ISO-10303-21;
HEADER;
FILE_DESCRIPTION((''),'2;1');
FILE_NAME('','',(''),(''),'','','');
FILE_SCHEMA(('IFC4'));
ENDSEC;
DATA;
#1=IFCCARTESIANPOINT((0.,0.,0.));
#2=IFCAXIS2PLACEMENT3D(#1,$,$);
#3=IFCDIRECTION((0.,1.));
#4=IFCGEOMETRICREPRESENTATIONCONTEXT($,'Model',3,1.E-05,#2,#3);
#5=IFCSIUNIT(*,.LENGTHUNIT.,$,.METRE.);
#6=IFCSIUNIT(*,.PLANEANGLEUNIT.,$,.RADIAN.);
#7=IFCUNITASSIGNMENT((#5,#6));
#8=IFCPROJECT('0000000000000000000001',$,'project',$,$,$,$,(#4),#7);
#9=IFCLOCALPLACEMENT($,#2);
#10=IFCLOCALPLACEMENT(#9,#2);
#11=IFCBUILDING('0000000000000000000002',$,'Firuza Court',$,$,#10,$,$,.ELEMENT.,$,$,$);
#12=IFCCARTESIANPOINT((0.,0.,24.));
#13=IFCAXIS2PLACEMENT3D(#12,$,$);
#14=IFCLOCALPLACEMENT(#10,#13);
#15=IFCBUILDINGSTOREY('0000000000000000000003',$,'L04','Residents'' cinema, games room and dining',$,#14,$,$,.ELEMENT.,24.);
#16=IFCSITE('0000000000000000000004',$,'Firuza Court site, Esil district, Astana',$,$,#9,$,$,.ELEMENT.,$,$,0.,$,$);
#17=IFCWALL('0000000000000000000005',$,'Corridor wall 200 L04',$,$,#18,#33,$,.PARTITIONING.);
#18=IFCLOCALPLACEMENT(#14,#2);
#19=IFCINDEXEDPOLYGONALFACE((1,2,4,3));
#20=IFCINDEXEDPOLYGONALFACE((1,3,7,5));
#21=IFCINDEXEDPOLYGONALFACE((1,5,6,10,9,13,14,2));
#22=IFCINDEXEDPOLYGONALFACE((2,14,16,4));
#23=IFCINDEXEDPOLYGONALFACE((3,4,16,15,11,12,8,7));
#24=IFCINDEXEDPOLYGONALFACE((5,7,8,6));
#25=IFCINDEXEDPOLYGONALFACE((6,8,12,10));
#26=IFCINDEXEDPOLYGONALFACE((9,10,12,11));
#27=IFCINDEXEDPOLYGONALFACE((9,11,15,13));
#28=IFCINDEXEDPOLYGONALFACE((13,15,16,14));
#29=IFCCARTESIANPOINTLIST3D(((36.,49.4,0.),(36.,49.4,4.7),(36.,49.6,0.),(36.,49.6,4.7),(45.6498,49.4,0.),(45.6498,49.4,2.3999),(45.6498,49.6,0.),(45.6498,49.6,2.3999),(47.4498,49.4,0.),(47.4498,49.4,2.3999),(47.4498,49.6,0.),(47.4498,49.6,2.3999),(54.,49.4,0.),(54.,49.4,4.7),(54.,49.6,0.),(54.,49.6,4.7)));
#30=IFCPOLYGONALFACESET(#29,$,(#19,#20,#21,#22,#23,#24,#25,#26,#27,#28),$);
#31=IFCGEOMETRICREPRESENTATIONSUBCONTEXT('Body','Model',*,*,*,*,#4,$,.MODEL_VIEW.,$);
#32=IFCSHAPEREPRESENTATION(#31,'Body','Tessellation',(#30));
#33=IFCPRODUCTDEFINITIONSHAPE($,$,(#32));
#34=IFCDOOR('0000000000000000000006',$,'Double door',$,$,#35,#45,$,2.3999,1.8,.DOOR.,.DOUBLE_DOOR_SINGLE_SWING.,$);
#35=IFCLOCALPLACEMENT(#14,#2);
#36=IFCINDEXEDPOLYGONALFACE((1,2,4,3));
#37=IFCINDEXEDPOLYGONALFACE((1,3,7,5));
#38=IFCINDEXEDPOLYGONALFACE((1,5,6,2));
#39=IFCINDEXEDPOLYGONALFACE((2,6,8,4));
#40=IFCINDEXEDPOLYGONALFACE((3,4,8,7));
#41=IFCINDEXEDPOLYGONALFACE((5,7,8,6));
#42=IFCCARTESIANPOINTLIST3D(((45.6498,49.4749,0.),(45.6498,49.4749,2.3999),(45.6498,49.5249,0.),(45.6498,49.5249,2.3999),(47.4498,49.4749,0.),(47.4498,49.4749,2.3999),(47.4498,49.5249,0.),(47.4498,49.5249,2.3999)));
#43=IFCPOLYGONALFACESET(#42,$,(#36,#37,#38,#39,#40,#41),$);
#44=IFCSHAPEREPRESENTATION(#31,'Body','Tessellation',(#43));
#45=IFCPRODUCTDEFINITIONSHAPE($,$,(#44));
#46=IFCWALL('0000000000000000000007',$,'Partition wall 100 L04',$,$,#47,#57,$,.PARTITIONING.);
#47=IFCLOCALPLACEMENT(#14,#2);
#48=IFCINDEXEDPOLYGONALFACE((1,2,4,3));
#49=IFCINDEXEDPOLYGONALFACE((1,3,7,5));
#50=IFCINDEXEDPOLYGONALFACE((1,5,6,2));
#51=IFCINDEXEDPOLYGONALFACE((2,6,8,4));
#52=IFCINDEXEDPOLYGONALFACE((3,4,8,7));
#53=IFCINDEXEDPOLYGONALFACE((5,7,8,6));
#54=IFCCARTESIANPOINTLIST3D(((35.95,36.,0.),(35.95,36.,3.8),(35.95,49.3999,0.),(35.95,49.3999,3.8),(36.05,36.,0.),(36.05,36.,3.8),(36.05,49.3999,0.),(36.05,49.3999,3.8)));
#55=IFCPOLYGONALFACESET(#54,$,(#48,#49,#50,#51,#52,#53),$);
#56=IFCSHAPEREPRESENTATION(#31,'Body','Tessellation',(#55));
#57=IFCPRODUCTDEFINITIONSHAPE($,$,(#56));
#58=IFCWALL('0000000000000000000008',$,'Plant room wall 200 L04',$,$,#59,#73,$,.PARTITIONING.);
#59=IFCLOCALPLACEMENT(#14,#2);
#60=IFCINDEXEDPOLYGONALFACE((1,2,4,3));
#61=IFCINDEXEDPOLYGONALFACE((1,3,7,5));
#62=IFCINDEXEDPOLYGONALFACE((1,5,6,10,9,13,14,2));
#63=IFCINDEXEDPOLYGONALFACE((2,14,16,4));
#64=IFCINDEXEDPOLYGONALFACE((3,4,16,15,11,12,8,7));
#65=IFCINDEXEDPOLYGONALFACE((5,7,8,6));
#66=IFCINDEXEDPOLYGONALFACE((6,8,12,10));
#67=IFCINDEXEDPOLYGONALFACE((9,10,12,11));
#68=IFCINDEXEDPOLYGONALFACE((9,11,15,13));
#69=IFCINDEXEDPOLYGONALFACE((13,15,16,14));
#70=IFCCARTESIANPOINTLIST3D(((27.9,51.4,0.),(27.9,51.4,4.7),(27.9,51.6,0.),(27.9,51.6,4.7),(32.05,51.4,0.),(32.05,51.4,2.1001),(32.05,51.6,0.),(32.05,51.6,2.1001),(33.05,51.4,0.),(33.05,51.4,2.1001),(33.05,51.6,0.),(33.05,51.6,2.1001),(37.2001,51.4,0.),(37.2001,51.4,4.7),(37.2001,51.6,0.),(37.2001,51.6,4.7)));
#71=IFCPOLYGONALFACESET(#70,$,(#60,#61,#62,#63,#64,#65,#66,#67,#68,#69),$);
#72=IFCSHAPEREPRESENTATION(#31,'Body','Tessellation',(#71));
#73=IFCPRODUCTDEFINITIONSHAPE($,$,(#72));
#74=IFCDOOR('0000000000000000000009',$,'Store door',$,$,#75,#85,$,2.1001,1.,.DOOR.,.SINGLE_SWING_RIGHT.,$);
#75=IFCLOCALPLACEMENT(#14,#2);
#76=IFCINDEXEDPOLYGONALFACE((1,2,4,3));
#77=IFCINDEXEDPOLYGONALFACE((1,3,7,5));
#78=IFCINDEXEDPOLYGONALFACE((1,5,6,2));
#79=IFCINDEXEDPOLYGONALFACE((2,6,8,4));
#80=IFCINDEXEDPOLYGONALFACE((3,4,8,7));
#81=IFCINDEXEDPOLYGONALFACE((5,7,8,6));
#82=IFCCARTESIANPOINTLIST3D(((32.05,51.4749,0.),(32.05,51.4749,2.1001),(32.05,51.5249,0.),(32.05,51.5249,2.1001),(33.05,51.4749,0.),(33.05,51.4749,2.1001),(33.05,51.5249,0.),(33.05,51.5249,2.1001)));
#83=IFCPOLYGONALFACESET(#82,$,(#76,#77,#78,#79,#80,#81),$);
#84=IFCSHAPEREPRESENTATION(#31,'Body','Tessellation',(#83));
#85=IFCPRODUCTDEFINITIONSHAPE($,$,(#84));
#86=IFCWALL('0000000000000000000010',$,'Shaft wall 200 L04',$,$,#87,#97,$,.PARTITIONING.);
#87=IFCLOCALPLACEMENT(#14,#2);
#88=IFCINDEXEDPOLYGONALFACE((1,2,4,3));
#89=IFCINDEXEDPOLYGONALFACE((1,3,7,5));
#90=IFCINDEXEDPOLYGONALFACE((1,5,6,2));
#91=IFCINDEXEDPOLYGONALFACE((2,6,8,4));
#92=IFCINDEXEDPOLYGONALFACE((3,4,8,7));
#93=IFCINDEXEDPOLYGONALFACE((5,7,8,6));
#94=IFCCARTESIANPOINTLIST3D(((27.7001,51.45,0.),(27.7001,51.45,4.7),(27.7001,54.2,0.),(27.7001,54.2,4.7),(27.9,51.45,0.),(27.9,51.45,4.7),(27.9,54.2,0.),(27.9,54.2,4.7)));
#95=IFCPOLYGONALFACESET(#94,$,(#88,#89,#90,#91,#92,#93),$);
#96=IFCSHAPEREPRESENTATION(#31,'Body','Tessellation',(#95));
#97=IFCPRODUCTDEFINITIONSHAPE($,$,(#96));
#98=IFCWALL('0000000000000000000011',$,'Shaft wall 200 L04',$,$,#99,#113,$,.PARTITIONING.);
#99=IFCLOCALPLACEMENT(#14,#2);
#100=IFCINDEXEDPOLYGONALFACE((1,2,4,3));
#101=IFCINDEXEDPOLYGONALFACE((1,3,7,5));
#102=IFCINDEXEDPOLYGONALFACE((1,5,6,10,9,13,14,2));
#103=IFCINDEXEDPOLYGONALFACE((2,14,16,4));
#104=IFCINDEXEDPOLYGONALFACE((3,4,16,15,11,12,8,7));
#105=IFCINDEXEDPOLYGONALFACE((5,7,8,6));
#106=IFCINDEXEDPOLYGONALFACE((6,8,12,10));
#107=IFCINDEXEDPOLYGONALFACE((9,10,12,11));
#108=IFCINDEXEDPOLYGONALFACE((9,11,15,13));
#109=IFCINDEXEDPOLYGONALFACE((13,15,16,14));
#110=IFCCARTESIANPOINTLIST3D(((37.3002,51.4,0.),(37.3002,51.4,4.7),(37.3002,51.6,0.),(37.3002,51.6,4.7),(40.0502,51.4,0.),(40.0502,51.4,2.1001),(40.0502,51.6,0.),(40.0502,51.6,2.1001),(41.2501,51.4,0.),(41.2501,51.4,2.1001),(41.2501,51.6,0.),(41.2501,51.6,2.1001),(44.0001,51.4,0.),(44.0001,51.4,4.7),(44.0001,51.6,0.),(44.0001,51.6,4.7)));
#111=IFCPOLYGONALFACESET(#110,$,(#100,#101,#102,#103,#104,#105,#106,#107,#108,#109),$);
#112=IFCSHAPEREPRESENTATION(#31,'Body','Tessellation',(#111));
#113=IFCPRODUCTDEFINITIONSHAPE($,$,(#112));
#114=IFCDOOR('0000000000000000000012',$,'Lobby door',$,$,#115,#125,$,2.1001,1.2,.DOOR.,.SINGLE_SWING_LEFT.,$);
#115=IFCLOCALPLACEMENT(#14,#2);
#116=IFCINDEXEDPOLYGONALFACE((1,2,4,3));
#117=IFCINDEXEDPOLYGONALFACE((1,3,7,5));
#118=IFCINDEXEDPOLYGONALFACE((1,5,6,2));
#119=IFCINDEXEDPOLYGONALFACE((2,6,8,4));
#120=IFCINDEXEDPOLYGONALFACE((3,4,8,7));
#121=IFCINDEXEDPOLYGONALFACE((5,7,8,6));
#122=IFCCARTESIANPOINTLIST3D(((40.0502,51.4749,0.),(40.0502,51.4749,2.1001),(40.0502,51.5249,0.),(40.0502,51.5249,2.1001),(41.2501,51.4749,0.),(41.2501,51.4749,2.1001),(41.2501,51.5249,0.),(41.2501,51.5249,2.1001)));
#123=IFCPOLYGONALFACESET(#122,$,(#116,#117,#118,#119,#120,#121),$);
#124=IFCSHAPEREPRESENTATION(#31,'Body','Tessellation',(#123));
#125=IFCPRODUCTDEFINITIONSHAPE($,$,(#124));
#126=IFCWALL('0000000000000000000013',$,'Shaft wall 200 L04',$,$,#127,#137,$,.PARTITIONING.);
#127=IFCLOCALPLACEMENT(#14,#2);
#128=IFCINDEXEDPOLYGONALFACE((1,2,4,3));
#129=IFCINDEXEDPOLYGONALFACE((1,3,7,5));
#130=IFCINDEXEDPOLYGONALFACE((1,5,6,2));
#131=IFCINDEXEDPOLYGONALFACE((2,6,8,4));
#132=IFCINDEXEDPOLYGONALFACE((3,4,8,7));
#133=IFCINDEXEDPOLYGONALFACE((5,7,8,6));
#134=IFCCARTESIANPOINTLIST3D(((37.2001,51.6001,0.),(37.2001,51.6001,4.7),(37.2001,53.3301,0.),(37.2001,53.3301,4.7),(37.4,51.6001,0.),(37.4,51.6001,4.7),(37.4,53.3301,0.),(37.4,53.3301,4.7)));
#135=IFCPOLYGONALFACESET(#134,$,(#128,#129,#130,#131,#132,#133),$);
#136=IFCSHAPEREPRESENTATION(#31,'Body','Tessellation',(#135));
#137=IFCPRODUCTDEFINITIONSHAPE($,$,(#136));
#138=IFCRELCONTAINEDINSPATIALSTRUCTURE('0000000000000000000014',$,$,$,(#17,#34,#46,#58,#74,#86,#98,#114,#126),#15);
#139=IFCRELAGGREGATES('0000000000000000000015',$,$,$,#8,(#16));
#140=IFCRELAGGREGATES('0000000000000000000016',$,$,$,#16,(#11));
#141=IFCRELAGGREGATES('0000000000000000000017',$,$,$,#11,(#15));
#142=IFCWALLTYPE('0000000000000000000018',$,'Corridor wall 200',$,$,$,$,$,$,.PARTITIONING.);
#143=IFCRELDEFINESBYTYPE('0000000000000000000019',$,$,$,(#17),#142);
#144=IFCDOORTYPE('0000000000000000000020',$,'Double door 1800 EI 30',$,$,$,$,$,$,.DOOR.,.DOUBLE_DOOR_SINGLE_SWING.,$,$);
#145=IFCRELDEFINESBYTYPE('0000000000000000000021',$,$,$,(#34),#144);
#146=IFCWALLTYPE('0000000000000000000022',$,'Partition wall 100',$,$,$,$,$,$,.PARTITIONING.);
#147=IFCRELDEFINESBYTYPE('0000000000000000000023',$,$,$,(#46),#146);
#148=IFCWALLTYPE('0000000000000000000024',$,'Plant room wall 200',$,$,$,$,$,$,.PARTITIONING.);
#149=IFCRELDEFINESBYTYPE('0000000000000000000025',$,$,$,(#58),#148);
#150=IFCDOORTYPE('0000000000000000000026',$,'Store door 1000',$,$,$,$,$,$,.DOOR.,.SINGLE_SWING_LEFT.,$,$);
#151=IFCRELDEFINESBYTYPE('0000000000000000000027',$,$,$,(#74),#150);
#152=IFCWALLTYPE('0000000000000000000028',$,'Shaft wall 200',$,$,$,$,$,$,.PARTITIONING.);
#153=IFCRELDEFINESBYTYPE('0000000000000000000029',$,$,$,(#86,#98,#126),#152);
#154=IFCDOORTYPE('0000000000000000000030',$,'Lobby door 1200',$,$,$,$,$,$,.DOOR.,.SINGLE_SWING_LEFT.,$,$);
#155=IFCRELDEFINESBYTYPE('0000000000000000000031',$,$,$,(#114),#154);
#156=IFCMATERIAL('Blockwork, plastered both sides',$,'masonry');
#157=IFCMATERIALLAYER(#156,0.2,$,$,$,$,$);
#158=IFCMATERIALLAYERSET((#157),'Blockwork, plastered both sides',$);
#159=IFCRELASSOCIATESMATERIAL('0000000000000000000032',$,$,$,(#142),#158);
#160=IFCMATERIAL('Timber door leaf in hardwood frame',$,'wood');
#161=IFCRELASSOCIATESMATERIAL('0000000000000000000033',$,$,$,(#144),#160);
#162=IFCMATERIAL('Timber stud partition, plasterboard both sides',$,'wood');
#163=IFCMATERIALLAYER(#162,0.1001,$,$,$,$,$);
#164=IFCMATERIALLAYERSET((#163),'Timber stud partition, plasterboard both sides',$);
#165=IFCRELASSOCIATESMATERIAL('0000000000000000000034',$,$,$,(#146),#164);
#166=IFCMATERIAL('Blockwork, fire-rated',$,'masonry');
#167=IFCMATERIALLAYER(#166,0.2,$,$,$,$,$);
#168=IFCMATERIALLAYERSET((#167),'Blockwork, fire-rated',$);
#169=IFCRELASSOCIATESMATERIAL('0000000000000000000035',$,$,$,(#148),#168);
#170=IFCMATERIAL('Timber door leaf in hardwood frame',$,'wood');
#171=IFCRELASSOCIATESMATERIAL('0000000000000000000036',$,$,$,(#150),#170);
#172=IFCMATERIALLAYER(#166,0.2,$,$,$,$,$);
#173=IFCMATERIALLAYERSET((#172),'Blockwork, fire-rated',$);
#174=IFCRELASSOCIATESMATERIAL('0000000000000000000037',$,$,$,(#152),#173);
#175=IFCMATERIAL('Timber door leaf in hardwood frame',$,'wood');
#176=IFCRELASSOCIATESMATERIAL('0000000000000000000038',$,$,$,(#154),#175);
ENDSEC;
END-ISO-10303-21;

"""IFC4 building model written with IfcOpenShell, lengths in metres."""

from ifc_helpers import new_model, si_unit, direction, frame, frame_2d, origin, place, context, subcontext, project, spatial, rectangle, extrude, material, layer, layer_set, type_object, element, fill, save


model = new_model("IFC4")

# Units and contexts
model_context = context("Model", 3, precision=1e-05, world=origin(), true_north=direction((0.0, 1.0)))
body_context = subcontext(model_context, "Body", "Model", "MODEL_VIEW")
ifc_project = project(units=[si_unit("LENGTHUNIT", "METRE"), si_unit("PLANEANGLEUNIT", "RADIAN")], contexts=[model_context])

# Site, building, storey
site_placement = place(None, origin())
site = spatial("IfcSite", under=ifc_project, at=site_placement, Name="Firuza Court site, Esil district, Astana", CompositionType="ELEMENT", RefElevation=0.0)
building_placement = place(site_placement, origin())
building = spatial("IfcBuilding", under=site, at=building_placement, Name="Firuza Court", CompositionType="ELEMENT")
storey_placement = place(building_placement, frame((0.0, 0.0, 24.0)))
storey = spatial("IfcBuildingStorey", under=building, at=storey_placement, Name="L04", Description="Residents' cinema, games room and dining", CompositionType="ELEMENT", Elevation=24.0)

# Wall, opening, door
ifc_material_1 = material(Name="Blockwork, plastered both sides", Category="masonry")
ifc_layer_1 = layer(ifc_material_1, 0.2)
ifc_layer_set_1 = layer_set([ifc_layer_1], Name="Blockwork, plastered both sides")
wall_type_1 = type_object("IfcWallType", Name="Corridor wall 200", PredefinedType="PARTITIONING", material=ifc_layer_set_1)
wall_1_placement = place(storey_placement, frame((36.0, 49.5, 0.0), z_axis=(0.0, 0.0, 1.0), x_axis=(1.0, 0.0, 0.0)))
wall_1 = element("IfcWall", 1, at=wall_1_placement, inside=storey, type_object=wall_type_1, Name="Corridor wall 200 L04", PredefinedType="PARTITIONING", context=body_context, shape_type="SweptSolid", body=[
    extrude(rectangle(XDim=18.0, YDim=0.2, at=frame_2d((9.0, 0.0))), origin(), (0.0, 0.0, 1.0), 4.7),
])
opening_1_placement = place(wall_1_placement, frame((9.6499, 0.0, 0.0)))
opening_1 = element("IfcOpeningElement", 2, at=opening_1_placement, cuts=wall_1, PredefinedType="OPENING", context=body_context, shape_type="SweptSolid", body=[
    extrude(rectangle(XDim=1.8, YDim=2.3999, at=frame_2d((0.8999, 1.2))), frame((0.0, 0.1118, 0.0), z_axis=(0.0, -1.0, 0.0), x_axis=(1.0, 0.0, 0.0)), (0.0, 0.0, 1.0), 0.2239),
])
ifc_material_2 = material(Name="Timber door leaf in hardwood frame", Category="wood")
door_type_1 = type_object("IfcDoorType", Name="Double door 1800 EI 30", OperationType="DOUBLE_DOOR_SINGLE_SWING", PredefinedType="DOOR", material=ifc_material_2)
door_1_placement = place(opening_1_placement, origin())
door_1 = element("IfcDoor", 3, at=door_1_placement, inside=storey, type_object=door_type_1, Name="Double door", OperationType="DOUBLE_DOOR_SINGLE_SWING", OverallHeight=2.3999, OverallWidth=1.8, PredefinedType="DOOR", context=body_context, shape_type="SweptSolid", body=[
    extrude(rectangle(XDim=1.8, YDim=2.3999, at=frame_2d((0.8999, 1.2))), frame((0.0, 0.0249, 0.0), z_axis=(0.0, -1.0, 0.0), x_axis=(1.0, 0.0, 0.0)), (0.0, 0.0, 1.0), 0.05),
])
fill(opening_1, door_1)

# Wall
ifc_material_3 = material(Name="Timber stud partition, plasterboard both sides", Category="wood")
ifc_layer_2 = layer(ifc_material_3, 0.1001)
ifc_layer_set_2 = layer_set([ifc_layer_2], Name="Timber stud partition, plasterboard both sides")
wall_type_2 = type_object("IfcWallType", Name="Partition wall 100", PredefinedType="PARTITIONING", material=ifc_layer_set_2)
wall_2_placement = place(storey_placement, frame((36.0, 49.3999, 0.0), z_axis=(0.0, 0.0, 1.0), x_axis=(0.0, -1.0, 0.0)))
element("IfcWall", 4, at=wall_2_placement, inside=storey, type_object=wall_type_2, Name="Partition wall 100 L04", PredefinedType="PARTITIONING", context=body_context, shape_type="SweptSolid", body=[
    extrude(rectangle(XDim=13.3999, YDim=0.1001, at=frame_2d((6.7, 0.0))), origin(), (0.0, 0.0, 1.0), 3.8),
])

# Wall, opening, door
ifc_material_4 = material(Name="Blockwork, fire-rated", Category="masonry")
ifc_layer_3 = layer(ifc_material_4, 0.2)
ifc_layer_set_3 = layer_set([ifc_layer_3], Name="Blockwork, fire-rated")
wall_type_3 = type_object("IfcWallType", Name="Plant room wall 200", PredefinedType="PARTITIONING", material=ifc_layer_set_3)
wall_3_placement = place(storey_placement, frame((37.2, 51.5, 0.0), z_axis=(0.0, 0.0, 1.0), x_axis=(-1.0, 0.0, 0.0)))
wall_3 = element("IfcWall", 5, at=wall_3_placement, inside=storey, type_object=wall_type_3, Name="Plant room wall 200 L04", PredefinedType="PARTITIONING", context=body_context, shape_type="SweptSolid", body=[
    extrude(rectangle(XDim=9.3, YDim=0.2, at=frame_2d((4.6499, 0.0))), origin(), (0.0, 0.0, 1.0), 4.7),
])
opening_2_placement = place(wall_3_placement, frame((4.1499, 0.0, 0.0)))
opening_2 = element("IfcOpeningElement", 6, at=opening_2_placement, cuts=wall_3, PredefinedType="OPENING", context=body_context, shape_type="SweptSolid", body=[
    extrude(rectangle(XDim=1.0, YDim=2.1001, at=frame_2d((0.5, 1.05))), frame((0.0, 0.1118, 0.0), z_axis=(0.0, -1.0, 0.0), x_axis=(1.0, 0.0, 0.0)), (0.0, 0.0, 1.0), 0.2239),
])
ifc_material_5 = material(Name="Timber door leaf in hardwood frame", Category="wood")
door_type_2 = type_object("IfcDoorType", Name="Store door 1000", OperationType="SINGLE_SWING_LEFT", PredefinedType="DOOR", material=ifc_material_5)
door_2_placement = place(opening_2_placement, frame((1.0, 0.0, 0.0), z_axis=(0.0, 0.0, 1.0), x_axis=(-1.0, 0.0, 0.0)))
door_2 = element("IfcDoor", 7, at=door_2_placement, inside=storey, type_object=door_type_2, Name="Store door", OperationType="SINGLE_SWING_RIGHT", OverallHeight=2.1001, OverallWidth=1.0, PredefinedType="DOOR", context=body_context, shape_type="SweptSolid", body=[
    extrude(rectangle(XDim=1.0, YDim=2.1001, at=frame_2d((0.5, 1.05))), frame((0.0, 0.0249, 0.0), z_axis=(0.0, -1.0, 0.0), x_axis=(1.0, 0.0, 0.0)), (0.0, 0.0, 1.0), 0.05),
])
fill(opening_2, door_2)

# Wall
ifc_layer_4 = layer(ifc_material_4, 0.2)
ifc_layer_set_4 = layer_set([ifc_layer_4], Name="Blockwork, fire-rated")
wall_type_4 = type_object("IfcWallType", Name="Shaft wall 200", PredefinedType="PARTITIONING", material=ifc_layer_set_4)
wall_4_placement = place(storey_placement, frame((27.8, 51.45, 0.0), z_axis=(0.0, 0.0, 1.0), x_axis=(0.0, 1.0, 0.0)))
element("IfcWall", 8, at=wall_4_placement, inside=storey, type_object=wall_type_4, Name="Shaft wall 200 L04", PredefinedType="PARTITIONING", context=body_context, shape_type="SweptSolid", body=[
    extrude(rectangle(XDim=2.75, YDim=0.2, at=frame_2d((1.375, 0.0))), origin(), (0.0, 0.0, 1.0), 4.7),
])

# Wall, opening, door
wall_5_placement = place(storey_placement, frame((37.3, 51.5, 0.0), z_axis=(0.0, 0.0, 1.0), x_axis=(1.0, 0.0, 0.0)))
wall_5 = element("IfcWall", 9, at=wall_5_placement, inside=storey, type_object=wall_type_4, Name="Shaft wall 200 L04", PredefinedType="PARTITIONING", context=body_context, shape_type="SweptSolid", body=[
    extrude(rectangle(XDim=6.7, YDim=0.2, at=frame_2d((3.3501, 0.0))), origin(), (0.0, 0.0, 1.0), 4.7),
])
opening_3_placement = place(wall_5_placement, frame((2.75, 0.0, 0.0)))
opening_3 = element("IfcOpeningElement", 10, at=opening_3_placement, cuts=wall_5, PredefinedType="OPENING", context=body_context, shape_type="SweptSolid", body=[
    extrude(rectangle(XDim=1.2, YDim=2.1001, at=frame_2d((0.6001, 1.05))), frame((0.0, 0.1118, 0.0), z_axis=(0.0, -1.0, 0.0), x_axis=(1.0, 0.0, 0.0)), (0.0, 0.0, 1.0), 0.2239),
])
ifc_material_6 = material(Name="Timber door leaf in hardwood frame", Category="wood")
door_type_3 = type_object("IfcDoorType", Name="Lobby door 1200", OperationType="SINGLE_SWING_LEFT", PredefinedType="DOOR", material=ifc_material_6)
door_3_placement = place(opening_3_placement, origin())
door_3 = element("IfcDoor", 11, at=door_3_placement, inside=storey, type_object=door_type_3, Name="Lobby door", OperationType="SINGLE_SWING_LEFT", OverallHeight=2.1001, OverallWidth=1.2, PredefinedType="DOOR", context=body_context, shape_type="SweptSolid", body=[
    extrude(rectangle(XDim=1.2, YDim=2.1001, at=frame_2d((0.6001, 1.05))), frame((0.0, 0.0249, 0.0), z_axis=(0.0, -1.0, 0.0), x_axis=(1.0, 0.0, 0.0)), (0.0, 0.0, 1.0), 0.05),
])
fill(opening_3, door_3)

# Wall
wall_6_placement = place(storey_placement, frame((37.3, 51.6001, 0.0), z_axis=(0.0, 0.0, 1.0), x_axis=(0.0, 1.0, 0.0)))
element("IfcWall", 12, at=wall_6_placement, inside=storey, type_object=wall_type_4, Name="Shaft wall 200 L04", PredefinedType="PARTITIONING", context=body_context, shape_type="SweptSolid", body=[
    extrude(rectangle(XDim=1.73, YDim=0.2, at=frame_2d((0.865, 0.0))), origin(), (0.0, 0.0, 1.0), 4.7),
])

save(model, "model.ifc")
